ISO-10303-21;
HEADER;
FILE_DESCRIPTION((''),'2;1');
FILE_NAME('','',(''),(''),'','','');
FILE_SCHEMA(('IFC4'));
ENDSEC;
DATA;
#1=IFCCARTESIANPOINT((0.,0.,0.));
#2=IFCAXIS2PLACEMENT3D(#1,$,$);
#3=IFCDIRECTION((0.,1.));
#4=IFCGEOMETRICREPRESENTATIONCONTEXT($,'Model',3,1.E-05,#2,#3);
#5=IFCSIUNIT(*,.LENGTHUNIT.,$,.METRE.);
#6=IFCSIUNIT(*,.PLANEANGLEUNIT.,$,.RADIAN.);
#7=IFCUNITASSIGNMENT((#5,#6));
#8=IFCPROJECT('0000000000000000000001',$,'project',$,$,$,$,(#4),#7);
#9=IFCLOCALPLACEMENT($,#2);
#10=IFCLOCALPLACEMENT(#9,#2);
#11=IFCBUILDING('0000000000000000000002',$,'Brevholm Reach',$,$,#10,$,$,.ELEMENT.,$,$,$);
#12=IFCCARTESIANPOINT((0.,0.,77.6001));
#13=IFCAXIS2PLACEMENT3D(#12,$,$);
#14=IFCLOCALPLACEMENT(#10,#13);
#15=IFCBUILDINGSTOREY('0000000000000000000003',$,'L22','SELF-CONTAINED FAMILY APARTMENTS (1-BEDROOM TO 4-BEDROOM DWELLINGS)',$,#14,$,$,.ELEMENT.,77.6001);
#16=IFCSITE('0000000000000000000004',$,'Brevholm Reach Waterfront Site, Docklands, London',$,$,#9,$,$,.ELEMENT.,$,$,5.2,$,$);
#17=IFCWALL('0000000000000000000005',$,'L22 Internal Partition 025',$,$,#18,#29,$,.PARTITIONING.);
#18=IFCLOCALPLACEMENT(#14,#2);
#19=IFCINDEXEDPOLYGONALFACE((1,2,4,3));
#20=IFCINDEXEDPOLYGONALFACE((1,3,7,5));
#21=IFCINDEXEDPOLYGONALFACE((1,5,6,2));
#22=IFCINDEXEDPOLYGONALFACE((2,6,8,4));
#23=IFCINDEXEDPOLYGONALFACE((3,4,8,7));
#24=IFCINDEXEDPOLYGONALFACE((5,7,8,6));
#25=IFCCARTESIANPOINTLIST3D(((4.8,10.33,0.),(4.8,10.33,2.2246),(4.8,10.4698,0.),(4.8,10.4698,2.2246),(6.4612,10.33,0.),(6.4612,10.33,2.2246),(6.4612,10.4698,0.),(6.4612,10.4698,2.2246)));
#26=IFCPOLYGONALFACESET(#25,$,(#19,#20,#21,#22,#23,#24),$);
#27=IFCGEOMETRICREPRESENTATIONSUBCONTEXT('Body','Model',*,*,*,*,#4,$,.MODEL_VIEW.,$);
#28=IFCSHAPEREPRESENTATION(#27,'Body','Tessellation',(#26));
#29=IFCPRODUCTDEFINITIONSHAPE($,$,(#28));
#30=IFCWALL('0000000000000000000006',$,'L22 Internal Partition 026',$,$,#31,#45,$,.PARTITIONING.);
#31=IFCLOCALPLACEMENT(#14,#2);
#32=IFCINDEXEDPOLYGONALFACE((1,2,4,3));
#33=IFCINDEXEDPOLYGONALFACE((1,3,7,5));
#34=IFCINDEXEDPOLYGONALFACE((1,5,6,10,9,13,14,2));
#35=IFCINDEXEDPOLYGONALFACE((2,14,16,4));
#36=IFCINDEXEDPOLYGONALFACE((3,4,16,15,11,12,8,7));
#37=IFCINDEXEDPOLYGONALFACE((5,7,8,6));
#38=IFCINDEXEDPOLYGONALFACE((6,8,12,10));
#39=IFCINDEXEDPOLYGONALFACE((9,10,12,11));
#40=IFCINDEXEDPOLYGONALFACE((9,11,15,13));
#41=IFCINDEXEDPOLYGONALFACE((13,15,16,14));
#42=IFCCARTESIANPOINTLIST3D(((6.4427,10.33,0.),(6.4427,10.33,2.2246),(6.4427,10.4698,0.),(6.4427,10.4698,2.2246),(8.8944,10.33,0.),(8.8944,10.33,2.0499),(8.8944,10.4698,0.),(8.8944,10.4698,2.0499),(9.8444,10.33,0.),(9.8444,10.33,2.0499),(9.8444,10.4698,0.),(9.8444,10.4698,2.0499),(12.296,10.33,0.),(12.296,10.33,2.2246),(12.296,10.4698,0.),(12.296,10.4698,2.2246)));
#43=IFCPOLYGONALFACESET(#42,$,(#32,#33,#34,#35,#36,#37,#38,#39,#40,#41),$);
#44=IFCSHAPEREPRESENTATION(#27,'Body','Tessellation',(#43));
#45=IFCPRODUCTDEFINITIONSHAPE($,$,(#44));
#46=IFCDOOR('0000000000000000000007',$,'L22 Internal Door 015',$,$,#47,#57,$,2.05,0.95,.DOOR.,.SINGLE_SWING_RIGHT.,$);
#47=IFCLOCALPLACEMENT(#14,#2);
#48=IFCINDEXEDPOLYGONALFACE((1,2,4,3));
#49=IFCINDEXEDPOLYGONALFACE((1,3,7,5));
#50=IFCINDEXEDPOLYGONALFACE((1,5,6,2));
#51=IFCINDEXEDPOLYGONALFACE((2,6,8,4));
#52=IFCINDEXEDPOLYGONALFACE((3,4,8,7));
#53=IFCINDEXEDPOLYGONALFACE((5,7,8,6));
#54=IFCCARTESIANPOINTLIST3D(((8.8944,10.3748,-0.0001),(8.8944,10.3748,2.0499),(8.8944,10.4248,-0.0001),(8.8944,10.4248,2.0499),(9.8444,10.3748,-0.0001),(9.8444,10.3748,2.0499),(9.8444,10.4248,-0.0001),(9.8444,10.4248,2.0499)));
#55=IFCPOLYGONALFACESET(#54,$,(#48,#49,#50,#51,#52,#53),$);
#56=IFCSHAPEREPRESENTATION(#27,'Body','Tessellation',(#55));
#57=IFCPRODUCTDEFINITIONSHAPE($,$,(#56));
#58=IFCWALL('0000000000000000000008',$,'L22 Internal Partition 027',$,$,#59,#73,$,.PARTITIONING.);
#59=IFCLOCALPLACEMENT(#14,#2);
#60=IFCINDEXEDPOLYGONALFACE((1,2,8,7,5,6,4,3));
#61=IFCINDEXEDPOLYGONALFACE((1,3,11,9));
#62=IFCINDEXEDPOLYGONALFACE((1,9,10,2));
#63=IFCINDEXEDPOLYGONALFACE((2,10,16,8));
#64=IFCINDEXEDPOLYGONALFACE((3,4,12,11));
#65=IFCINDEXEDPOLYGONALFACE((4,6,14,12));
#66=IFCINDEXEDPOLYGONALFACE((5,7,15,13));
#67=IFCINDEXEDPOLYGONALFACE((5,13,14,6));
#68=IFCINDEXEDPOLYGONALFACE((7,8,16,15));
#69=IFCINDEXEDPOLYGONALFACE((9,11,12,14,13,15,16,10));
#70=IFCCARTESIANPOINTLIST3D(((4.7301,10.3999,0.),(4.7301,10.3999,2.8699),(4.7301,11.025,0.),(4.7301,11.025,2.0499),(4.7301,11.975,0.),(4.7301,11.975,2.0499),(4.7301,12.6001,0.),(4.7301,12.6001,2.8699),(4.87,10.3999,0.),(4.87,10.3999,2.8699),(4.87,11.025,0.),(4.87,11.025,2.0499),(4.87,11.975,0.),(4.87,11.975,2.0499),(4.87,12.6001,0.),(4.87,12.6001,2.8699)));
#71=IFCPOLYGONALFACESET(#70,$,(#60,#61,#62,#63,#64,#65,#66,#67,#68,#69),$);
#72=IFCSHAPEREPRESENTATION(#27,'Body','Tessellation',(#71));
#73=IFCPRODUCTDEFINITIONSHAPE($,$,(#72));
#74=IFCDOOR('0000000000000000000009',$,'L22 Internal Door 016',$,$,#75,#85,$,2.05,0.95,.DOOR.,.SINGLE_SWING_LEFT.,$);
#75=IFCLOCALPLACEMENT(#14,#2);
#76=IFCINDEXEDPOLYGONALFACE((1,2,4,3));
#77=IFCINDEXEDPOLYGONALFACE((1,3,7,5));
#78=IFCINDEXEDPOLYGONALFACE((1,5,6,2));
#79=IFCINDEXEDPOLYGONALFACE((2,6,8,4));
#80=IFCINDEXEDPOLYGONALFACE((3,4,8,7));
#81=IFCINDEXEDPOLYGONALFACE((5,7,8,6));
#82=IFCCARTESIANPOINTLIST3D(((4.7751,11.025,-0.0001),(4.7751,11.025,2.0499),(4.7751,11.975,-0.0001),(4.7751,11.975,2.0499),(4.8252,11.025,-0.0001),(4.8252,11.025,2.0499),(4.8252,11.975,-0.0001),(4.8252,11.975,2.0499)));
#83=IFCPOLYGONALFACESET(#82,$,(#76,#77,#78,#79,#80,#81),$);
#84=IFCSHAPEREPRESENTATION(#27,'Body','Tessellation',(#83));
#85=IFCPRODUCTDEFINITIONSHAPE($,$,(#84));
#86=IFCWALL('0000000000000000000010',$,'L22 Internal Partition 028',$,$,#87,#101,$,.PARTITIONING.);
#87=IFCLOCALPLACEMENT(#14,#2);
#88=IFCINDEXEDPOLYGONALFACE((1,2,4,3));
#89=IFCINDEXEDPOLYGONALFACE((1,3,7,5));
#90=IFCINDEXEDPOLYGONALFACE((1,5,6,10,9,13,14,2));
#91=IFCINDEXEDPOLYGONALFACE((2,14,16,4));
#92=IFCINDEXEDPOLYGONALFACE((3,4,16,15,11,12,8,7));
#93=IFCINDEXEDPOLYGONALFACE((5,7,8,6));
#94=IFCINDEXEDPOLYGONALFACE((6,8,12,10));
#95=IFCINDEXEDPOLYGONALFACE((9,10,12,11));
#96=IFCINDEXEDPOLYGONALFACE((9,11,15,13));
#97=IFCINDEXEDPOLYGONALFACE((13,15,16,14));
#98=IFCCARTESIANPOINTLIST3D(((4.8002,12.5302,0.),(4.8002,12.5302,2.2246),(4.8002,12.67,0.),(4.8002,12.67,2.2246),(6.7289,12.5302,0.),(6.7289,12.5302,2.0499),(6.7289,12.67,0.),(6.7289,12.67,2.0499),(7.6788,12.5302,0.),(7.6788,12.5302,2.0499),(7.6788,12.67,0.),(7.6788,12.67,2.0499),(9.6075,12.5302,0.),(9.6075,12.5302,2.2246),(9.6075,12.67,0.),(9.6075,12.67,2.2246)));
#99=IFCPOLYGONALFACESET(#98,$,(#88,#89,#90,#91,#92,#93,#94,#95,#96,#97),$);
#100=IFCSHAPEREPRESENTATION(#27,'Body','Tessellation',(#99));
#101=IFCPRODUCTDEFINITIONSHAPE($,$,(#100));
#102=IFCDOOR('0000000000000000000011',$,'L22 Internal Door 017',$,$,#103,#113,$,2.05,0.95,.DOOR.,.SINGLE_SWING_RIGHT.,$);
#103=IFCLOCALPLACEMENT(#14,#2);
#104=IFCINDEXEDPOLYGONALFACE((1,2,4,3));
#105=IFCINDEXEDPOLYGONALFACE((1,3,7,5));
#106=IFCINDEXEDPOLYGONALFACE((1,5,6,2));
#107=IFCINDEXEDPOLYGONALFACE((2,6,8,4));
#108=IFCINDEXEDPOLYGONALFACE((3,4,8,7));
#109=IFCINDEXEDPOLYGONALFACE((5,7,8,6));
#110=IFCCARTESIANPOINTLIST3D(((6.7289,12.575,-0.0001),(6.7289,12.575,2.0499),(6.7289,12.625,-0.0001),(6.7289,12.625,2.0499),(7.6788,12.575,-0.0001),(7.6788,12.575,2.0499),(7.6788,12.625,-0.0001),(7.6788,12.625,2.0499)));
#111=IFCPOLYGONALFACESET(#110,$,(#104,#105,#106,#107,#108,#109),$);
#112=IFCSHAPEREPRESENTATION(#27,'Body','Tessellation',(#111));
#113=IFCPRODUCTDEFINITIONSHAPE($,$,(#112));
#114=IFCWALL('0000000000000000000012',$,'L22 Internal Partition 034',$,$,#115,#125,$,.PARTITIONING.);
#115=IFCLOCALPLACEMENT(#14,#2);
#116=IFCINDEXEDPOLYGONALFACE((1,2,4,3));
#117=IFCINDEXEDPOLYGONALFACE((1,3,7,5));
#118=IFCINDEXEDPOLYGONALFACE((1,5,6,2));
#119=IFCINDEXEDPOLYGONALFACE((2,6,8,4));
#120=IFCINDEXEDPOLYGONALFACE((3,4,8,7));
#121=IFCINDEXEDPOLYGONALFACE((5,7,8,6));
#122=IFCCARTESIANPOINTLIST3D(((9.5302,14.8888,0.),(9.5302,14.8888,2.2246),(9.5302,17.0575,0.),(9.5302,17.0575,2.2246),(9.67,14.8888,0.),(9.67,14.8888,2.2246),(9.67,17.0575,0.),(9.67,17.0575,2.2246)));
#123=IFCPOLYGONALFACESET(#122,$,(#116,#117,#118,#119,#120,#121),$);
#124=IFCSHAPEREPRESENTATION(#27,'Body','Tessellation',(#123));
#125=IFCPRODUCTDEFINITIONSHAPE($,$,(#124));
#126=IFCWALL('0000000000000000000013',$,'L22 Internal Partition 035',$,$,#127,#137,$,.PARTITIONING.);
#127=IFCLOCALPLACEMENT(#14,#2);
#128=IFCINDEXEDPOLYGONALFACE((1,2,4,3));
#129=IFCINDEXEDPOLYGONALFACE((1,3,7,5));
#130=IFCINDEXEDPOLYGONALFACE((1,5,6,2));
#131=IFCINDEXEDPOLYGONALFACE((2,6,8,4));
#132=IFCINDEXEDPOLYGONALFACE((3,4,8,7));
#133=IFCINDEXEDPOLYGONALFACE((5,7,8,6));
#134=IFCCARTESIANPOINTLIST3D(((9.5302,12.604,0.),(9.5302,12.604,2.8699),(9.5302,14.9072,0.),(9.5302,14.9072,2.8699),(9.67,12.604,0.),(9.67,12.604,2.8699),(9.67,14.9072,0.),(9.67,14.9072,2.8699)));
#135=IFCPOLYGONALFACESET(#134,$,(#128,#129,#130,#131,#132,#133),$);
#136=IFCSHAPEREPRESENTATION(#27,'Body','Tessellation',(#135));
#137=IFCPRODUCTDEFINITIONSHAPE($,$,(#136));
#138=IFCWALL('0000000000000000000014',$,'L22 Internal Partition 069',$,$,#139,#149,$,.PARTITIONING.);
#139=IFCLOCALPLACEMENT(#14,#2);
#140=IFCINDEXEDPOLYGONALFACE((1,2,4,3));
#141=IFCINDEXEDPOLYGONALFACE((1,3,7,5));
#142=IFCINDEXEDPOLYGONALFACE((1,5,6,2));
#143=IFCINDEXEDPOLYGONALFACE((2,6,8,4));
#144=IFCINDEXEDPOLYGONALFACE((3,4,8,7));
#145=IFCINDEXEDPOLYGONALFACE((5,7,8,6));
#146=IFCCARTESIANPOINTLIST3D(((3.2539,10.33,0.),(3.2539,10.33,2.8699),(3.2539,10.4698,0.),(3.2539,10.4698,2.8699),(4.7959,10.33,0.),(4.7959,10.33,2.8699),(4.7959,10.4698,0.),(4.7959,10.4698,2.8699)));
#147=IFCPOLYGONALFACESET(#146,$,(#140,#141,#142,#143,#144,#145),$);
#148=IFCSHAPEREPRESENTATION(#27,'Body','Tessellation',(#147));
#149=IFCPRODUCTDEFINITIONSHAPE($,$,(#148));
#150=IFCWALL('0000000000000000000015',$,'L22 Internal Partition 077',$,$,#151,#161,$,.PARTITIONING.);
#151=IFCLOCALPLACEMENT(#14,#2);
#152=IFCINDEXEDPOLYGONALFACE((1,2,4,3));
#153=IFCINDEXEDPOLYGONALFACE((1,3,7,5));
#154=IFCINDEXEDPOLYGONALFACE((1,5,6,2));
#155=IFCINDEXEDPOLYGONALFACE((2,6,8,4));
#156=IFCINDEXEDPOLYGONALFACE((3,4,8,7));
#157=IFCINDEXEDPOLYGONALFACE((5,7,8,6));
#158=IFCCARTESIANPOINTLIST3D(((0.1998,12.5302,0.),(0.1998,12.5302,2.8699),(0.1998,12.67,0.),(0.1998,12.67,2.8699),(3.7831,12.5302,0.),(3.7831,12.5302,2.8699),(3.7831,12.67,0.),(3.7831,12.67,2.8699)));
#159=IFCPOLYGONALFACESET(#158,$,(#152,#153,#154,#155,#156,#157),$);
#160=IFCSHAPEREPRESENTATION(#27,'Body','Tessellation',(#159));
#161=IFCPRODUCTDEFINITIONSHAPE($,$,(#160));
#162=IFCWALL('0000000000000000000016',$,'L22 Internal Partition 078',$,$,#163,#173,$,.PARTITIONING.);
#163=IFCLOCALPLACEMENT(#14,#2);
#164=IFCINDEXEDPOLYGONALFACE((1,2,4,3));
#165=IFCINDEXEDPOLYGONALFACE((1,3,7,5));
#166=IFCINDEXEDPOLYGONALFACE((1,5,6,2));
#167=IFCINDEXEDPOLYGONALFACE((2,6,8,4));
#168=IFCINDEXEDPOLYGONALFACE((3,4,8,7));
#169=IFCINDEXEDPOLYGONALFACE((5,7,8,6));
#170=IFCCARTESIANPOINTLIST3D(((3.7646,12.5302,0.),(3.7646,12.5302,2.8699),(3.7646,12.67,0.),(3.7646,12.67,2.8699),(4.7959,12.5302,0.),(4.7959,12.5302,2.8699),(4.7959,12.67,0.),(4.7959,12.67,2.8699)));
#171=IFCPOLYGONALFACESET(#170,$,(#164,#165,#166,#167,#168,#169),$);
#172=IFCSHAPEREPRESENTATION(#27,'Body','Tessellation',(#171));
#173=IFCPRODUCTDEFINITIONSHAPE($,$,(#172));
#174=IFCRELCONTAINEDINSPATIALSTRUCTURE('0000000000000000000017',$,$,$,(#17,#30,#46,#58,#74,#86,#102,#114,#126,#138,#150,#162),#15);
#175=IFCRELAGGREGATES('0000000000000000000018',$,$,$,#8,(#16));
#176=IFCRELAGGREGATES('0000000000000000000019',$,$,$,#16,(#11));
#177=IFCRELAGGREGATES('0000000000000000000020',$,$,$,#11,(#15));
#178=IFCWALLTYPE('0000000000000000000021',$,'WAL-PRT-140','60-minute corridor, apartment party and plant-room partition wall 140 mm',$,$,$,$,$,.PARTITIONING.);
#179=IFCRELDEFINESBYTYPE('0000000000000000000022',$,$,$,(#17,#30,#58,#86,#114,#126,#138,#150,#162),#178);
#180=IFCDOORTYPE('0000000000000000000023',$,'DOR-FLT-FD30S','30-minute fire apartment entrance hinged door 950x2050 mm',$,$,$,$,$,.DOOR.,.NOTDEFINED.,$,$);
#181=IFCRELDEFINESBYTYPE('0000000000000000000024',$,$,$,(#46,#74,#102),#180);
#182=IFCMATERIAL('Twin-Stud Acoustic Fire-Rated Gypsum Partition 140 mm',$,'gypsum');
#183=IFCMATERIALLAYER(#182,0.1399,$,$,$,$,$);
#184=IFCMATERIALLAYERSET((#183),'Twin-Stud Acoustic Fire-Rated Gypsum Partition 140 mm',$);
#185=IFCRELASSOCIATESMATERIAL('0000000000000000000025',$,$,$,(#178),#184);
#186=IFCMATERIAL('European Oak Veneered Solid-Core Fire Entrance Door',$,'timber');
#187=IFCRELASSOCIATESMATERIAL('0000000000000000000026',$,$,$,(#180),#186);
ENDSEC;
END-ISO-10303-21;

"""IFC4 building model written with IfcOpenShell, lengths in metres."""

from ifc_helpers import new_model, si_unit, direction, frame, frame_2d, origin, place, context, subcontext, project, spatial, rectangle, extrude, material, layer, layer_set, type_object, element, fill, save


model = new_model("IFC4")

# Units and contexts
model_context = context("Model", 3, precision=1e-05, world=origin(), true_north=direction((0.0, 1.0)))
body_context = subcontext(model_context, "Body", "Model", "MODEL_VIEW")
ifc_project = project(units=[si_unit("LENGTHUNIT", "METRE"), si_unit("PLANEANGLEUNIT", "RADIAN")], contexts=[model_context])

# Site, building, storey
site_placement = place(None, origin())
site = spatial("IfcSite", under=ifc_project, at=site_placement, Name="Brevholm Reach Waterfront Site, Docklands, London", CompositionType="ELEMENT", RefElevation=5.2)
building_placement = place(site_placement, origin())
building = spatial("IfcBuilding", under=site, at=building_placement, Name="Brevholm Reach", CompositionType="ELEMENT")
storey_placement = place(building_placement, frame((0.0, 0.0, 77.6001)))
storey = spatial("IfcBuildingStorey", under=building, at=storey_placement, Name="L22", Description="SELF-CONTAINED FAMILY APARTMENTS (1-BEDROOM TO 4-BEDROOM DWELLINGS)", CompositionType="ELEMENT", Elevation=77.6001)

# Wall
ifc_material_1 = material(Name="Twin-Stud Acoustic Fire-Rated Gypsum Partition 140 mm", Category="gypsum")
ifc_layer_1 = layer(ifc_material_1, 0.1399)
ifc_layer_set_1 = layer_set([ifc_layer_1], Name="Twin-Stud Acoustic Fire-Rated Gypsum Partition 140 mm")
wall_type_1 = type_object("IfcWallType", Name="WAL-PRT-140", Description="60-minute corridor, apartment party and plant-room partition wall 140 mm", PredefinedType="PARTITIONING", material=ifc_layer_set_1)
wall_1_placement = place(storey_placement, frame((4.8, 10.3999, 0.0), z_axis=(0.0, 0.0, 1.0), x_axis=(1.0, 0.0, 0.0)))
element("IfcWall", 1, at=wall_1_placement, inside=storey, type_object=wall_type_1, Name="L22 Internal Partition 025", PredefinedType="PARTITIONING", context=body_context, shape_type="SweptSolid", body=[
    extrude(rectangle(XDim=1.6611, YDim=0.1399, at=frame_2d((0.8306, 0.0))), origin(), (0.0, 0.0, 1.0), 2.2246),
])

# Walls, openings, doors
wall_2_placement = place(storey_placement, frame((6.4426, 10.3999, 0.0), z_axis=(0.0, 0.0, 1.0), x_axis=(1.0, 0.0, 0.0)))
wall_2 = element("IfcWall", 2, at=wall_2_placement, inside=storey, type_object=wall_type_1, Name="L22 Internal Partition 026", PredefinedType="PARTITIONING", context=body_context, shape_type="SweptSolid", body=[
    extrude(rectangle(XDim=5.8533, YDim=0.1399, at=frame_2d((2.9268, 0.0))), origin(), (0.0, 0.0, 1.0), 2.2246),
])
opening_1_placement = place(wall_2_placement, frame((2.4517, 0.0, 0.0)))
opening_1 = element("IfcOpeningElement", 3, at=opening_1_placement, cuts=wall_2, PredefinedType="OPENING", context=body_context, shape_type="SweptSolid", body=[
    extrude(rectangle(XDim=0.95, YDim=2.05, at=frame_2d((0.4751, 1.0249))), frame((0.0, 0.0798, 0.0), z_axis=(0.0, -1.0, 0.0), x_axis=(1.0, 0.0, 0.0)), (0.0, 0.0, 1.0), 0.1599),
])
ifc_material_2 = material(Name="European Oak Veneered Solid-Core Fire Entrance Door", Category="timber")
door_type_1 = type_object("IfcDoorType", Name="DOR-FLT-FD30S", Description="30-minute fire apartment entrance hinged door 950x2050 mm", OperationType="NOTDEFINED", PredefinedType="DOOR", material=ifc_material_2)
door_1_placement = place(opening_1_placement, origin())
door_1 = element("IfcDoor", 4, at=door_1_placement, inside=storey, type_object=door_type_1, Name="L22 Internal Door 015", OperationType="SINGLE_SWING_RIGHT", OverallHeight=2.05, OverallWidth=0.95, PredefinedType="DOOR", context=body_context, shape_type="SweptSolid", body=[
    extrude(rectangle(XDim=0.95, YDim=2.05, at=frame_2d((0.4751, 1.0249))), frame((0.0, 0.0249, 0.0), z_axis=(0.0, -1.0, 0.0), x_axis=(1.0, 0.0, 0.0)), (0.0, 0.0, 1.0), 0.05),
])
fill(opening_1, door_1)
wall_3_placement = place(storey_placement, frame((4.8, 10.3999, 0.0), z_axis=(0.0, 0.0, 1.0), x_axis=(0.0, 1.0, 0.0)))
wall_3 = element("IfcWall", 5, at=wall_3_placement, inside=storey, type_object=wall_type_1, Name="L22 Internal Partition 027", PredefinedType="PARTITIONING", context=body_context, shape_type="SweptSolid", body=[
    extrude(rectangle(XDim=2.2002, YDim=0.1399, at=frame_2d((1.1001, 0.0))), origin(), (0.0, 0.0, 1.0), 2.8699),
])
opening_2_placement = place(wall_3_placement, frame((0.625, 0.0, 0.0)))
opening_2 = element("IfcOpeningElement", 6, at=opening_2_placement, cuts=wall_3, PredefinedType="OPENING", context=body_context, shape_type="SweptSolid", body=[
    extrude(rectangle(XDim=0.95, YDim=2.05, at=frame_2d((0.4751, 1.0249))), frame((0.0, 0.0798, 0.0), z_axis=(0.0, -1.0, 0.0), x_axis=(1.0, 0.0, 0.0)), (0.0, 0.0, 1.0), 0.1599),
])
door_2_placement = place(opening_2_placement, origin())
door_2 = element("IfcDoor", 7, at=door_2_placement, inside=storey, type_object=door_type_1, Name="L22 Internal Door 016", OperationType="SINGLE_SWING_LEFT", OverallHeight=2.05, OverallWidth=0.95, PredefinedType="DOOR", context=body_context, shape_type="SweptSolid", body=[
    extrude(rectangle(XDim=0.95, YDim=2.05, at=frame_2d((0.4751, 1.0249))), frame((0.0, 0.0249, 0.0), z_axis=(0.0, -1.0, 0.0), x_axis=(1.0, 0.0, 0.0)), (0.0, 0.0, 1.0), 0.05),
])
fill(opening_2, door_2)
wall_4_placement = place(storey_placement, frame((4.8, 12.6001, 0.0), z_axis=(0.0, 0.0, 1.0), x_axis=(1.0, 0.0, 0.0)))
wall_4 = element("IfcWall", 8, at=wall_4_placement, inside=storey, type_object=wall_type_1, Name="L22 Internal Partition 028", PredefinedType="PARTITIONING", context=body_context, shape_type="SweptSolid", body=[
    extrude(rectangle(XDim=4.8074, YDim=0.1399, at=frame_2d((2.4038, 0.0))), origin(), (0.0, 0.0, 1.0), 2.2246),
])
opening_3_placement = place(wall_4_placement, frame((1.9287, 0.0, 0.0)))
opening_3 = element("IfcOpeningElement", 9, at=opening_3_placement, cuts=wall_4, PredefinedType="OPENING", context=body_context, shape_type="SweptSolid", body=[
    extrude(rectangle(XDim=0.95, YDim=2.05, at=frame_2d((0.4751, 1.0249))), frame((0.0, 0.0798, 0.0), z_axis=(0.0, -1.0, 0.0), x_axis=(1.0, 0.0, 0.0)), (0.0, 0.0, 1.0), 0.1599),
])
door_3_placement = place(opening_3_placement, origin())
door_3 = element("IfcDoor", 10, at=door_3_placement, inside=storey, type_object=door_type_1, Name="L22 Internal Door 017", OperationType="SINGLE_SWING_RIGHT", OverallHeight=2.05, OverallWidth=0.95, PredefinedType="DOOR", context=body_context, shape_type="SweptSolid", body=[
    extrude(rectangle(XDim=0.95, YDim=2.05, at=frame_2d((0.4751, 1.0249))), frame((0.0, 0.0249, 0.0), z_axis=(0.0, -1.0, 0.0), x_axis=(1.0, 0.0, 0.0)), (0.0, 0.0, 1.0), 0.05),
])
fill(opening_3, door_3)

# Walls
wall_5_placement = place(storey_placement, frame((9.6001, 14.8887, 0.0), z_axis=(0.0, 0.0, 1.0), x_axis=(0.0, 1.0, 0.0)))
element("IfcWall", 11, at=wall_5_placement, inside=storey, type_object=wall_type_1, Name="L22 Internal Partition 034", PredefinedType="PARTITIONING", context=body_context, shape_type="SweptSolid", body=[
    extrude(rectangle(XDim=2.1687, YDim=0.1399, at=frame_2d((1.0845, 0.0))), origin(), (0.0, 0.0, 1.0), 2.2246),
])
wall_6_placement = place(storey_placement, frame((9.6001, 12.604, 0.0), z_axis=(0.0, 0.0, 1.0), x_axis=(0.0, 1.0, 0.0)))
element("IfcWall", 12, at=wall_6_placement, inside=storey, type_object=wall_type_1, Name="L22 Internal Partition 035", PredefinedType="PARTITIONING", context=body_context, shape_type="SweptSolid", body=[
    extrude(rectangle(XDim=2.3032, YDim=0.1399, at=frame_2d((1.1516, 0.0))), origin(), (0.0, 0.0, 1.0), 2.8699),
])
wall_7_placement = place(storey_placement, frame((3.2539, 10.3999, 0.0), z_axis=(0.0, 0.0, 1.0), x_axis=(1.0, 0.0, 0.0)))
element("IfcWall", 13, at=wall_7_placement, inside=storey, type_object=wall_type_1, Name="L22 Internal Partition 069", PredefinedType="PARTITIONING", context=body_context, shape_type="SweptSolid", body=[
    extrude(rectangle(XDim=1.542, YDim=0.1399, at=frame_2d((0.771, 0.0))), origin(), (0.0, 0.0, 1.0), 2.8699),
])
wall_8_placement = place(storey_placement, frame((0.2, 12.6001, 0.0), z_axis=(0.0, 0.0, 1.0), x_axis=(1.0, 0.0, 0.0)))
element("IfcWall", 14, at=wall_8_placement, inside=storey, type_object=wall_type_1, Name="L22 Internal Partition 077", PredefinedType="PARTITIONING", context=body_context, shape_type="SweptSolid", body=[
    extrude(rectangle(XDim=3.5833, YDim=0.1399, at=frame_2d((1.7915, 0.0))), origin(), (0.0, 0.0, 1.0), 2.8699),
])
wall_9_placement = place(storey_placement, frame((3.7646, 12.6001, 0.0), z_axis=(0.0, 0.0, 1.0), x_axis=(1.0, 0.0, 0.0)))
element("IfcWall", 15, at=wall_9_placement, inside=storey, type_object=wall_type_1, Name="L22 Internal Partition 078", PredefinedType="PARTITIONING", context=body_context, shape_type="SweptSolid", body=[
    extrude(rectangle(XDim=1.0312, YDim=0.1399, at=frame_2d((0.5156, 0.0))), origin(), (0.0, 0.0, 1.0), 2.8699),
])

save(model, "model.ifc")
